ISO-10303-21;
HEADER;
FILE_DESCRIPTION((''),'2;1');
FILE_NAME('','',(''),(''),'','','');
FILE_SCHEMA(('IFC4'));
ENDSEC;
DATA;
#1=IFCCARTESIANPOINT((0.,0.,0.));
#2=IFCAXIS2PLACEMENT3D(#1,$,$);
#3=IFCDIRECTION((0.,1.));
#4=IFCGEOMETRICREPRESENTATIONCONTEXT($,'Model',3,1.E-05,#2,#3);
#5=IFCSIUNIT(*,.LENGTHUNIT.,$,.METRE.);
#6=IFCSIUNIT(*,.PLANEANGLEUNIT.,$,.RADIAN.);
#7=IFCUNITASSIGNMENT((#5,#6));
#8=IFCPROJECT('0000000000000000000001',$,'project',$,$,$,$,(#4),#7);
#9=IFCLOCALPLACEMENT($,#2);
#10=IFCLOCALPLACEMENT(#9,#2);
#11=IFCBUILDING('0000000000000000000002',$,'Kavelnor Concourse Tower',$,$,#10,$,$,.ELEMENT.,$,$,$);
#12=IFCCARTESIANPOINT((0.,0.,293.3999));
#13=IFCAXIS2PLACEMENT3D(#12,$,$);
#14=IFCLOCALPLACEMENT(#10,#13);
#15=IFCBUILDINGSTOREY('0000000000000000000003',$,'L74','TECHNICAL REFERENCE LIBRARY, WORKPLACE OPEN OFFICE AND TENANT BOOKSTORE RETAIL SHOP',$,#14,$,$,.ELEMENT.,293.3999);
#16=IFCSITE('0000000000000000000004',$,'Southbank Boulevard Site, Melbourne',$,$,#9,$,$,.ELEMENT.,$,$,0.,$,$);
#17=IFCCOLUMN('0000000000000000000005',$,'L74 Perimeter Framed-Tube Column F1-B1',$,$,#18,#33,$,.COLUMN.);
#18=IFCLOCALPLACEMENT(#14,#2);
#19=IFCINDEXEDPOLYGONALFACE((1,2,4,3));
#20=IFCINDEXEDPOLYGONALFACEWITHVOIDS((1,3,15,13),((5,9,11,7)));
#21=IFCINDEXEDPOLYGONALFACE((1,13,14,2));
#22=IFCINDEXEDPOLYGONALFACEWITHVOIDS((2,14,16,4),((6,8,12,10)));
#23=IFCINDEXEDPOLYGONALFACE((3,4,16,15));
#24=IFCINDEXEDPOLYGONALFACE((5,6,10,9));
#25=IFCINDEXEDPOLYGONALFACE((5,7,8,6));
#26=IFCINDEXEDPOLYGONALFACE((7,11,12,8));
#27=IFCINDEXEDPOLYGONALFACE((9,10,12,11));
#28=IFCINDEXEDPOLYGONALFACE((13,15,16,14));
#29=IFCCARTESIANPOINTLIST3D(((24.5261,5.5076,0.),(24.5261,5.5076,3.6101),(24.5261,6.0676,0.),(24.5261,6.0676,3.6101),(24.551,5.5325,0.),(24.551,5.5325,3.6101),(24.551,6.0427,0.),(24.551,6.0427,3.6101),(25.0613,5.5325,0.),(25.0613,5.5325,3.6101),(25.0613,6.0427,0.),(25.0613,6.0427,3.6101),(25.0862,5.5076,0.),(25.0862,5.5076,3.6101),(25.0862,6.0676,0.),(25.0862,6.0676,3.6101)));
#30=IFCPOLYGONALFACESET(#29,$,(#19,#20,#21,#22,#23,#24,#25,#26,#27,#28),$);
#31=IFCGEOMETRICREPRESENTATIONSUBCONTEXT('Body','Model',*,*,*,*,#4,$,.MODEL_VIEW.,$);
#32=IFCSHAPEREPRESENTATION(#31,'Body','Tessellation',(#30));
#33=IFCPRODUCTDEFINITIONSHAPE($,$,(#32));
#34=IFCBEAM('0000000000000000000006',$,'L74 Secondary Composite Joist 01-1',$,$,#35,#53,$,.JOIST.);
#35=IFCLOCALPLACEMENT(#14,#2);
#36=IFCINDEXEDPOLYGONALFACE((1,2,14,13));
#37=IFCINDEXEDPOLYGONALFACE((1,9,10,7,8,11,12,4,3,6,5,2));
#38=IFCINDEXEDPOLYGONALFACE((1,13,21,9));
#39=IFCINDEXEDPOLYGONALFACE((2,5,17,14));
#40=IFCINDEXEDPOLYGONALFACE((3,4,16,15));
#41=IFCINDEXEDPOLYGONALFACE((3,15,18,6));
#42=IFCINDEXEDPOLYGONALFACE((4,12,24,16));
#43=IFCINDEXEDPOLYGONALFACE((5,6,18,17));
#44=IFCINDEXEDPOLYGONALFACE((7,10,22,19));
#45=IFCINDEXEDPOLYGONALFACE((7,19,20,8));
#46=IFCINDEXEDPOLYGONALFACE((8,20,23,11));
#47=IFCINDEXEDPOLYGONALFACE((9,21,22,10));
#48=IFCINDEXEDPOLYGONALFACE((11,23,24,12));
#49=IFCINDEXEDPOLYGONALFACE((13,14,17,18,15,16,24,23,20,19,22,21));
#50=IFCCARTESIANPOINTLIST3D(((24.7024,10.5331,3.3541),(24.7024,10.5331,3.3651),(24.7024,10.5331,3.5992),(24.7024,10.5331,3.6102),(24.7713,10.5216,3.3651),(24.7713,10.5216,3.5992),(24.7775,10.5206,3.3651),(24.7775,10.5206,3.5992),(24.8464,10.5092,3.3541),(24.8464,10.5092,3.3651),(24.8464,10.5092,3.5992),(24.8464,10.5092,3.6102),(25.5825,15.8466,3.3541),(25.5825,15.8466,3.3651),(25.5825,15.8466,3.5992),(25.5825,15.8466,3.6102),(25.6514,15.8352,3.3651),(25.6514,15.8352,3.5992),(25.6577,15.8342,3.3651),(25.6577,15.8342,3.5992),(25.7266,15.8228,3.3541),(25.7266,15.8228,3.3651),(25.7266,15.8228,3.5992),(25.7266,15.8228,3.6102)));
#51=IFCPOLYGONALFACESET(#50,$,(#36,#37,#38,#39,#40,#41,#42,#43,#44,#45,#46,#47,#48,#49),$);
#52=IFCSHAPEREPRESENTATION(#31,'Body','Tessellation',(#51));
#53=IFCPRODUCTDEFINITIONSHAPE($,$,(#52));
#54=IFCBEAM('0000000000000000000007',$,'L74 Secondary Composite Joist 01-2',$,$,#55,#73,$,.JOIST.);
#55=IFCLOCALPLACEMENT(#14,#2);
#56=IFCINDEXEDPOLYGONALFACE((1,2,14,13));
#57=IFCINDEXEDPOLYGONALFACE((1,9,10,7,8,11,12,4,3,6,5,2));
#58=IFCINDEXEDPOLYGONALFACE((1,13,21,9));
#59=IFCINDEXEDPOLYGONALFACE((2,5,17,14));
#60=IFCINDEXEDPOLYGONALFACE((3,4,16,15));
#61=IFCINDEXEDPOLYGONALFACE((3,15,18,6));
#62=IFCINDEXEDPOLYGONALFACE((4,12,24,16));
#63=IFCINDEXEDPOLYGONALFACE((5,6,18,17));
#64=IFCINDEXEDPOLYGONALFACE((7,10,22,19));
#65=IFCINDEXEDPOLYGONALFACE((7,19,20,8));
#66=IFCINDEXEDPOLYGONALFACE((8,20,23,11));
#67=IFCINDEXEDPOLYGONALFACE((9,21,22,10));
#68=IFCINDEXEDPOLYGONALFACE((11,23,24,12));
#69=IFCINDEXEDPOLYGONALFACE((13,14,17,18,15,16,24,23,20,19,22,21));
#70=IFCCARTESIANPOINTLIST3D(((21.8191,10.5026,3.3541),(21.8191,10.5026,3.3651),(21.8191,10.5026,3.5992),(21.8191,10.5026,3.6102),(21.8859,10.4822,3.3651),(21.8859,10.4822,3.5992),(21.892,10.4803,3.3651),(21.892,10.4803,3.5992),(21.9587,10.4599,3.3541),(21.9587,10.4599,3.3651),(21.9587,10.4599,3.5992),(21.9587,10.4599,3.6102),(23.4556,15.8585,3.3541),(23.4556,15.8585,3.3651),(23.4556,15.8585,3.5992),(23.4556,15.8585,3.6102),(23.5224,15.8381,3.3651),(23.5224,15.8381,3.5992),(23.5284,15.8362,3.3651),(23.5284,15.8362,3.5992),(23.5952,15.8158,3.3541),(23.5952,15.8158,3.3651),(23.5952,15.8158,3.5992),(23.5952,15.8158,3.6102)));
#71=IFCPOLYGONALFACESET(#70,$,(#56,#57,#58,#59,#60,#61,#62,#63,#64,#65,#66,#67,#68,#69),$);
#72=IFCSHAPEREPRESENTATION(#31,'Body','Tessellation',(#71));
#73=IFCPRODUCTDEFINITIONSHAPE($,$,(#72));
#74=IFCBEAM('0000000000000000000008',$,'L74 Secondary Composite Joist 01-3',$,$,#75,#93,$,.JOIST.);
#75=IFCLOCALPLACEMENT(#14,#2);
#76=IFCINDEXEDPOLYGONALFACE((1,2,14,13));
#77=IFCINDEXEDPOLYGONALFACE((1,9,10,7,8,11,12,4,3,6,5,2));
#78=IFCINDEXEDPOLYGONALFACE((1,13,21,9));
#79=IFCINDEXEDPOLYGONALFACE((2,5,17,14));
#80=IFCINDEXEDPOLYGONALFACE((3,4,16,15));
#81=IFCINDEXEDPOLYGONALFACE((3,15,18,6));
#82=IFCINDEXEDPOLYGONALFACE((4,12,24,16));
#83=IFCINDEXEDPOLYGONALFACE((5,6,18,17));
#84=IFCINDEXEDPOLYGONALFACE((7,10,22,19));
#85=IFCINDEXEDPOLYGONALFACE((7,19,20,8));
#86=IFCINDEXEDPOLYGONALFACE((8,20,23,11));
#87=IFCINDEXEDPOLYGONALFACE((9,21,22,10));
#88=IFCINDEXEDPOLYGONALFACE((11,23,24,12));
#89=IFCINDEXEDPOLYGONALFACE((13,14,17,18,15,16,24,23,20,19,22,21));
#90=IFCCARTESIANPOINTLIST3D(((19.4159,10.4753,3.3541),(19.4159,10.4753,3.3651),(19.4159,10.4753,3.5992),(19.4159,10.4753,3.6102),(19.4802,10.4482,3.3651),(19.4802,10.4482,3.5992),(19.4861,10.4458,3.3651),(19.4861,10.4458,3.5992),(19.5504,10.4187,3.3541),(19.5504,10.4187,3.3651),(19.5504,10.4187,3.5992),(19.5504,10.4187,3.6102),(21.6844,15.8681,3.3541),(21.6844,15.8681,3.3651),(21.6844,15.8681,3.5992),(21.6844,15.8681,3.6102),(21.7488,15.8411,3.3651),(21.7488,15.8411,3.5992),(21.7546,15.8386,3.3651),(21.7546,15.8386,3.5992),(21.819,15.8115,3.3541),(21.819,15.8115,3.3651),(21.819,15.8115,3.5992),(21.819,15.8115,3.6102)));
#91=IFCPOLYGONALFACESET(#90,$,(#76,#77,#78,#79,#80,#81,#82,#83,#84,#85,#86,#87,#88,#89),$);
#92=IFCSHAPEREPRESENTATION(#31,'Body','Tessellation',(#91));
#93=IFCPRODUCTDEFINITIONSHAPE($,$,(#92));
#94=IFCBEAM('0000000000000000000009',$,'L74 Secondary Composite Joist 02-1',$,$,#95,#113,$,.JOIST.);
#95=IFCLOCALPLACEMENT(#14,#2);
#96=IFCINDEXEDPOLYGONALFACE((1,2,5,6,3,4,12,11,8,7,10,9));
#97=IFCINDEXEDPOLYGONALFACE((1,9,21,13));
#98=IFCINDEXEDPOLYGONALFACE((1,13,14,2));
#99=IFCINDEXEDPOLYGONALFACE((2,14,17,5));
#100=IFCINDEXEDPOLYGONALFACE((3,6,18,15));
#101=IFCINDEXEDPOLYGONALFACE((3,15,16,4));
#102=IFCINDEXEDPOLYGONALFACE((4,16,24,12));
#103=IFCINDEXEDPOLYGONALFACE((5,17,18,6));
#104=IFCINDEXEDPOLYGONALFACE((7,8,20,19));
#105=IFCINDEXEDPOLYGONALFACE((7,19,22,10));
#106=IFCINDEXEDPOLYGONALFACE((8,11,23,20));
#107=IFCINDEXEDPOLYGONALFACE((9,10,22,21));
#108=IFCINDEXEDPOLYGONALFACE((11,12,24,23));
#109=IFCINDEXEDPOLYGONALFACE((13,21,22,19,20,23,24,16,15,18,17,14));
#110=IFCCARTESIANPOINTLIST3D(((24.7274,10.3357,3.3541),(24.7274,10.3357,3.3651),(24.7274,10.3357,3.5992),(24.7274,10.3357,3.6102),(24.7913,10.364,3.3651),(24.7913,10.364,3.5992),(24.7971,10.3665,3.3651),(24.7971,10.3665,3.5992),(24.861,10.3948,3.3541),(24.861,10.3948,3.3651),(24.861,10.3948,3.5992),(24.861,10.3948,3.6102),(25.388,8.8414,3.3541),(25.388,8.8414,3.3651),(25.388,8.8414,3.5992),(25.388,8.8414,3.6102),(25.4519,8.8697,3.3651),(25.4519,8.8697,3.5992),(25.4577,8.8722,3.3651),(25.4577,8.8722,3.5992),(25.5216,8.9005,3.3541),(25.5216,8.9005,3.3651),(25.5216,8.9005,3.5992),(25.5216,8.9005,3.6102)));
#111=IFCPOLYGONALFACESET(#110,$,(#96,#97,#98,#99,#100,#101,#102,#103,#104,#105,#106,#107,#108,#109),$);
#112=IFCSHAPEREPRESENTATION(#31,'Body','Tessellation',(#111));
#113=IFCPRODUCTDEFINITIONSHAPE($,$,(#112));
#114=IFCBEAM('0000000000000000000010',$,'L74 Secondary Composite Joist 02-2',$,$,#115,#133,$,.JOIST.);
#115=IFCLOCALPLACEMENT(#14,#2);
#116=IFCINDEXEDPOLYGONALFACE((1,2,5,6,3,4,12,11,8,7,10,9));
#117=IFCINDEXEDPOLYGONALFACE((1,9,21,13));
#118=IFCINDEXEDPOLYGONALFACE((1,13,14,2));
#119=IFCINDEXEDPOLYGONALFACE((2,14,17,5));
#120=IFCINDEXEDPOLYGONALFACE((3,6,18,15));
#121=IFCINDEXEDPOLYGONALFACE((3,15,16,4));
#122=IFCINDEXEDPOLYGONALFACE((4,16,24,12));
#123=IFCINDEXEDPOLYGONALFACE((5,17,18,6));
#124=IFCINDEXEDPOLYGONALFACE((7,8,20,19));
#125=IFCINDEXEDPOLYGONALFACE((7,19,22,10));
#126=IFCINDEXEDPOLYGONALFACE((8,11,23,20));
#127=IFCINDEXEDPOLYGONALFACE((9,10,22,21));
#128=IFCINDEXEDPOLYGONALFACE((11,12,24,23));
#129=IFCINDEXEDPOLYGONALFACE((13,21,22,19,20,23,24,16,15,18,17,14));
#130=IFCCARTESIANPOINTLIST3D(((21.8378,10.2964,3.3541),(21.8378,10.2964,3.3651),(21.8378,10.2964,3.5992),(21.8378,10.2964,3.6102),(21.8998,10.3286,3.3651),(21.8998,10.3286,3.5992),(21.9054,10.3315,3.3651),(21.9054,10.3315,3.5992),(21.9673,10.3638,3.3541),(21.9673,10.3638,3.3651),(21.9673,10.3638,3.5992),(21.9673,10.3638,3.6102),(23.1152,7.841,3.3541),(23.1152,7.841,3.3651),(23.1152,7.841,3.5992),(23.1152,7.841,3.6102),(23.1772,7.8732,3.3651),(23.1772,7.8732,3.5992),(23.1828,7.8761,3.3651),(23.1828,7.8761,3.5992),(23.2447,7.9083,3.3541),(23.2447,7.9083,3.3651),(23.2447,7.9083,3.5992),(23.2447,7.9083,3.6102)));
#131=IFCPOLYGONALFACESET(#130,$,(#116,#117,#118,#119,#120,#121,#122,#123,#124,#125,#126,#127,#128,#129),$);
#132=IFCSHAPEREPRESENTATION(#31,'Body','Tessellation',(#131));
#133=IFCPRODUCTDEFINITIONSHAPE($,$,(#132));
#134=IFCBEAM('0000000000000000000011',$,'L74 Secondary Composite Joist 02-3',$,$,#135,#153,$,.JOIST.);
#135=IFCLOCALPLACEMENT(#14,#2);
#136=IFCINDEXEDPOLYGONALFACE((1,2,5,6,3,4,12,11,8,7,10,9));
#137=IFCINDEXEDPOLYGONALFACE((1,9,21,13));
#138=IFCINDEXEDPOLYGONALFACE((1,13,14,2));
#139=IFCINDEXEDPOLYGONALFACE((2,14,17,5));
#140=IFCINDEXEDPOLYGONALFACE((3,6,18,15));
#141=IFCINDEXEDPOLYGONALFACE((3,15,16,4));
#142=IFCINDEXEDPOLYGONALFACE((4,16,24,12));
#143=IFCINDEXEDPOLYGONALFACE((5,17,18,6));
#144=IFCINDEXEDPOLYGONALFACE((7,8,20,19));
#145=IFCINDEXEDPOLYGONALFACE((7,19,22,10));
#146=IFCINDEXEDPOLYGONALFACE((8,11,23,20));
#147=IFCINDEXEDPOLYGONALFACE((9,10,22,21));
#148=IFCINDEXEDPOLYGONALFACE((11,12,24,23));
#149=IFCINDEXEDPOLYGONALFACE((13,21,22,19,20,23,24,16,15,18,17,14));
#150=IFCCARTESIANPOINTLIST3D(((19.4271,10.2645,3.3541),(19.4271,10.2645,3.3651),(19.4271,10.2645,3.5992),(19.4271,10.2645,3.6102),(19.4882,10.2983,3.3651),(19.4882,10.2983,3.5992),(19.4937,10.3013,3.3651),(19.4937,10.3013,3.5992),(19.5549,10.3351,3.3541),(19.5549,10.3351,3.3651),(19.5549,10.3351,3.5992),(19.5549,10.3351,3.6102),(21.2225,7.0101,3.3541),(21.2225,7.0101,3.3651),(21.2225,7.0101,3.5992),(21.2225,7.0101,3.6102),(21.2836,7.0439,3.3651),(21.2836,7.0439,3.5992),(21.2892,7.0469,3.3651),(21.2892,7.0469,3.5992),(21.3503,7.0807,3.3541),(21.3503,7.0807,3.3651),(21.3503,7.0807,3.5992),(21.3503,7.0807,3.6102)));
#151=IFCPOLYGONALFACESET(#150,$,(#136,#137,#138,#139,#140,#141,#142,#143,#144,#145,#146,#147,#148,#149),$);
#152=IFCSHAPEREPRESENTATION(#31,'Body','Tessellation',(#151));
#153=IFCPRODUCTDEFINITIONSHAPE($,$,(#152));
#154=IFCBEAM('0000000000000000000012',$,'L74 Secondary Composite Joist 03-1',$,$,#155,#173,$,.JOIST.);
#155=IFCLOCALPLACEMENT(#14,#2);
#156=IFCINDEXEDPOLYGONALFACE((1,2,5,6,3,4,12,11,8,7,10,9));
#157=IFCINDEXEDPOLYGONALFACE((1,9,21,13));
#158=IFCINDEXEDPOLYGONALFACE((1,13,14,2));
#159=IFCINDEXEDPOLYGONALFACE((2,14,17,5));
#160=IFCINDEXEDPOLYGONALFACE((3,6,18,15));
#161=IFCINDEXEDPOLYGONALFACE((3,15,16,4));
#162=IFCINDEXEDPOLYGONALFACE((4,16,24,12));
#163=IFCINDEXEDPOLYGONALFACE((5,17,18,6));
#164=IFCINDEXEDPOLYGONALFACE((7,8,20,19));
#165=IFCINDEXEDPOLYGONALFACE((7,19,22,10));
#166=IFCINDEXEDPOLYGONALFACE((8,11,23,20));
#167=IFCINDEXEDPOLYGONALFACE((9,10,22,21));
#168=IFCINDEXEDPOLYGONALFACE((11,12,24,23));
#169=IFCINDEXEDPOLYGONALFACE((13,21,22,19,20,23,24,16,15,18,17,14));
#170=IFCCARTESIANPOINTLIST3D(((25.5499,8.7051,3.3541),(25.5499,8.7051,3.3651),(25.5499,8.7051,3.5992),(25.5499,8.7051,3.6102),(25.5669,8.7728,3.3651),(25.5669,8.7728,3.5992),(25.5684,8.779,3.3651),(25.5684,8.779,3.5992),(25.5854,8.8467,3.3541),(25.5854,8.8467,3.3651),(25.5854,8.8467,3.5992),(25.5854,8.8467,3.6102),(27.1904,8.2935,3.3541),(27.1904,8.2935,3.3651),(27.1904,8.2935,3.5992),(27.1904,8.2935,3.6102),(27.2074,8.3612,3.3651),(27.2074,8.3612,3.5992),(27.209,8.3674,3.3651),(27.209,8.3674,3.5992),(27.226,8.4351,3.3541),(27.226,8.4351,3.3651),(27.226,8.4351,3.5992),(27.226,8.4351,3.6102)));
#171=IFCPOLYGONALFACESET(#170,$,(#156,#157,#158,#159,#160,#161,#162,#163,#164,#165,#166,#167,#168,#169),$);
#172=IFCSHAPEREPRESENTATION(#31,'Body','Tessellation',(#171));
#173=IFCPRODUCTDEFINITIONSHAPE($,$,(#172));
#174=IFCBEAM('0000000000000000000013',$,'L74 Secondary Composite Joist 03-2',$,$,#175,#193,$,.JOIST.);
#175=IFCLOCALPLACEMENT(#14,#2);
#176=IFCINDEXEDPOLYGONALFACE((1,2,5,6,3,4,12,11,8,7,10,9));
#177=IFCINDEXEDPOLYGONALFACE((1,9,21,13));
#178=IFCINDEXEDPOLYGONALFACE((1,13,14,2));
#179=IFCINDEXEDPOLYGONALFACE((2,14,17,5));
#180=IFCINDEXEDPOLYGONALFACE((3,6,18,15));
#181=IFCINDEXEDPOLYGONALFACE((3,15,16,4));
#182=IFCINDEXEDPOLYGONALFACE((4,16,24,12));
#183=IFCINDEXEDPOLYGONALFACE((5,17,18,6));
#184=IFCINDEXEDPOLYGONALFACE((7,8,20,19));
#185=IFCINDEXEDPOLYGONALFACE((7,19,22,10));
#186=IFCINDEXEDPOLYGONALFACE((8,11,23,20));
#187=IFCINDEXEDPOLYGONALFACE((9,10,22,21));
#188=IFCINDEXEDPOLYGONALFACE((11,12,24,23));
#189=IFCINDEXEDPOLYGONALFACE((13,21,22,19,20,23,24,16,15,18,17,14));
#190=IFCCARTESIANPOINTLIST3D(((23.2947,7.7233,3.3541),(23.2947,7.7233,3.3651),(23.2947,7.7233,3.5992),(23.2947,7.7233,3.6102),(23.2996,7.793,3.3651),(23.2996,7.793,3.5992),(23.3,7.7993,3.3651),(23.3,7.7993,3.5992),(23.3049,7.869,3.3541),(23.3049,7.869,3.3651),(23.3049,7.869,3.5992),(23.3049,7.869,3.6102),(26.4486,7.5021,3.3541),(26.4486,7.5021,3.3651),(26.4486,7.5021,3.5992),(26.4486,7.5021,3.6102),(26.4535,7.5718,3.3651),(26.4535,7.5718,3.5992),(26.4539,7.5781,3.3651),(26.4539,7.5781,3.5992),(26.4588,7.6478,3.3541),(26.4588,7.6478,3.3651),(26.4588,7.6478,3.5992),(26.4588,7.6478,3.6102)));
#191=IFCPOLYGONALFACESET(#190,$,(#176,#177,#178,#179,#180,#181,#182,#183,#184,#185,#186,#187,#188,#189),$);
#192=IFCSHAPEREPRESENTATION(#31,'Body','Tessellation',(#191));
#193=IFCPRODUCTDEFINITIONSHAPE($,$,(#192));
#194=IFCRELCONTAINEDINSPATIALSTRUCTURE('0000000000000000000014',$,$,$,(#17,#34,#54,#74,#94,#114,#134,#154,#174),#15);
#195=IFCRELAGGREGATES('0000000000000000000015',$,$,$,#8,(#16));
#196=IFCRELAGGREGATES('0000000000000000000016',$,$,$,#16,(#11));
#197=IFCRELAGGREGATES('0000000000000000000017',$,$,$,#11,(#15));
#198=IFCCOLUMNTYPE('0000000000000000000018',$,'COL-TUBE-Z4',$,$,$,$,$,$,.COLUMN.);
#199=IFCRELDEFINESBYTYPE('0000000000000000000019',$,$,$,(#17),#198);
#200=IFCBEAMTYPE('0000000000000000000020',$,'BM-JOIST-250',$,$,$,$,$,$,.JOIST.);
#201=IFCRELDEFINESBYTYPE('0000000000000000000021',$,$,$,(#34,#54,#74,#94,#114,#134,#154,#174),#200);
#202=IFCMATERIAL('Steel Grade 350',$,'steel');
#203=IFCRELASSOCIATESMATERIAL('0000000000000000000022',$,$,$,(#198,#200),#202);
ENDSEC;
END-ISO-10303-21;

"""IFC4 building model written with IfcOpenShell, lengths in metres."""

from ifc_helpers import new_model, si_unit, direction, frame, origin, origin_2d, place, context, subcontext, project, spatial, hollow_rectangle, i_section, extrude, material, material_profile, profile_set, type_object, element, save


model = new_model("IFC4")

# Units and contexts
model_context = context("Model", 3, precision=1e-05, world=origin(), true_north=direction((0.0, 1.0)))
body_context = subcontext(model_context, "Body", "Model", "MODEL_VIEW")
ifc_project = project(units=[si_unit("LENGTHUNIT", "METRE"), si_unit("PLANEANGLEUNIT", "RADIAN")], contexts=[model_context])

# Site, building, storey
site_placement = place(None, origin())
site = spatial("IfcSite", under=ifc_project, at=site_placement, Name="Southbank Boulevard Site, Melbourne", CompositionType="ELEMENT", RefElevation=0.0)
building_placement = place(site_placement, origin())
building = spatial("IfcBuilding", under=site, at=building_placement, Name="Kavelnor Concourse Tower", CompositionType="ELEMENT")
storey_placement = place(building_placement, frame((0.0, 0.0, 293.3999)))
storey = spatial("IfcBuildingStorey", under=building, at=storey_placement, Name="L74", Description="TECHNICAL REFERENCE LIBRARY, WORKPLACE OPEN OFFICE AND TENANT BOOKSTORE RETAIL SHOP", CompositionType="ELEMENT", Elevation=293.3999)

# Column
ifc_material_1 = material(Name="Steel Grade 350", Category="steel")
ifc_material_profile_1 = material_profile(ifc_material_1, hollow_rectangle(XDim=0.5601, YDim=0.5601, WallThickness=0.0249, at=origin_2d()), Name="SHS 560x560x25")
ifc_profile_set_1 = profile_set([ifc_material_profile_1], Name="Steel Grade 350")
column_type = type_object("IfcColumnType", Name="COL-TUBE-Z4", PredefinedType="COLUMN", material=ifc_profile_set_1)
column_placement = place(storey_placement, frame((24.8062, 5.7876, 0.0), z_axis=(0.0, 0.0, 1.0), x_axis=(1.0, 0.0, 0.0)))
element("IfcColumn", 1, at=column_placement, inside=storey, type_object=column_type, Name="L74 Perimeter Framed-Tube Column F1-B1", PredefinedType="COLUMN", context=body_context, shape_type="SweptSolid", body=[
    extrude(hollow_rectangle(XDim=0.5601, YDim=0.5601, WallThickness=0.0249, at=origin_2d()), origin(), (0.0, 0.0, 1.0), 3.6101),
])

# Beams
ifc_material_profile_2 = material_profile(ifc_material_1, i_section(OverallWidth=0.146, OverallDepth=0.2561, WebThickness=0.0063, FlangeThickness=0.011, at=origin_2d()), Name="250UB37")
ifc_profile_set_2 = profile_set([ifc_material_profile_2], Name="Steel Grade 350")
beam_type_1 = type_object("IfcBeamType", Name="BM-JOIST-250", PredefinedType="JOIST", material=ifc_profile_set_2)
beam_1_placement = place(storey_placement, frame((25.6545, 15.8347, 3.4822), z_axis=(-0.163414, -0.986558, 0.0), x_axis=(0.986558, -0.163414, 0.0)))
element("IfcBeam", 2, at=beam_1_placement, inside=storey, type_object=beam_type_1, Name="L74 Secondary Composite Joist 01-1", PredefinedType="JOIST", context=body_context, shape_type="SweptSolid", body=[
    extrude(i_section(OverallWidth=0.146, OverallDepth=0.2561, WebThickness=0.0063, FlangeThickness=0.011, at=origin_2d()), origin(), (0.0, 0.0, 1.0), 5.386),
])
beam_2_placement = place(storey_placement, frame((23.5254, 15.8372, 3.4822), z_axis=(-0.292207, -0.956355, 0.0), x_axis=(0.956355, -0.292207, 0.0)))
element("IfcBeam", 3, at=beam_2_placement, inside=storey, type_object=beam_type_1, Name="L74 Secondary Composite Joist 01-2", PredefinedType="JOIST", context=body_context, shape_type="SweptSolid", body=[
    extrude(i_section(OverallWidth=0.146, OverallDepth=0.2561, WebThickness=0.0063, FlangeThickness=0.011, at=origin_2d()), origin(), (0.0, 0.0, 1.0), 5.6003),
])
beam_3_placement = place(storey_placement, frame((21.7517, 15.8398, 3.4822), z_axis=(-0.387751, -0.921764, 0.0), x_axis=(0.921764, -0.387751, 0.0)))
element("IfcBeam", 4, at=beam_3_placement, inside=storey, type_object=beam_type_1, Name="L74 Secondary Composite Joist 01-3", PredefinedType="JOIST", context=body_context, shape_type="SweptSolid", body=[
    extrude(i_section(OverallWidth=0.146, OverallDepth=0.2561, WebThickness=0.0063, FlangeThickness=0.011, at=origin_2d()), origin(), (0.0, 0.0, 1.0), 5.8506),
])
beam_4_placement = place(storey_placement, frame((24.7942, 10.3652, 3.4822), z_axis=(0.404335, -0.914611, 0.0), x_axis=(0.914611, 0.404335, 0.0)))
element("IfcBeam", 5, at=beam_4_placement, inside=storey, type_object=beam_type_1, Name="L74 Secondary Composite Joist 02-1", PredefinedType="JOIST", context=body_context, shape_type="SweptSolid", body=[
    extrude(i_section(OverallWidth=0.146, OverallDepth=0.2561, WebThickness=0.0063, FlangeThickness=0.011, at=origin_2d()), origin(), (0.0, 0.0, 1.0), 1.6338),
])
beam_5_placement = place(storey_placement, frame((21.9026, 10.3301, 3.4822), z_axis=(0.461517, -0.887132, 0.0), x_axis=(0.887132, 0.461517, 0.0)))
element("IfcBeam", 6, at=beam_5_placement, inside=storey, type_object=beam_type_1, Name="L74 Secondary Composite Joist 02-2", PredefinedType="JOIST", context=body_context, shape_type="SweptSolid", body=[
    extrude(i_section(OverallWidth=0.146, OverallDepth=0.2561, WebThickness=0.0063, FlangeThickness=0.011, at=origin_2d()), origin(), (0.0, 0.0, 1.0), 2.7678),
])
beam_6_placement = place(storey_placement, frame((19.491, 10.2998, 3.4822), z_axis=(0.483053, -0.875591, 0.0), x_axis=(0.875591, 0.483053, 0.0)))
element("IfcBeam", 7, at=beam_6_placement, inside=storey, type_object=beam_type_1, Name="L74 Secondary Composite Joist 02-3", PredefinedType="JOIST", context=body_context, shape_type="SweptSolid", body=[
    extrude(i_section(OverallWidth=0.146, OverallDepth=0.2561, WebThickness=0.0063, FlangeThickness=0.011, at=origin_2d()), origin(), (0.0, 0.0, 1.0), 3.7168),
])
beam_7_placement = place(storey_placement, frame((25.5676, 8.7759, 3.4822), z_axis=(0.969938, -0.243351, 0.0), x_axis=(0.243351, 0.969938, 0.0)))
element("IfcBeam", 8, at=beam_7_placement, inside=storey, type_object=beam_type_1, Name="L74 Secondary Composite Joist 03-1", PredefinedType="JOIST", context=body_context, shape_type="SweptSolid", body=[
    extrude(i_section(OverallWidth=0.146, OverallDepth=0.2561, WebThickness=0.0063, FlangeThickness=0.011, at=origin_2d()), origin(), (0.0, 0.0, 1.0), 1.6914),
])
beam_8_placement = place(storey_placement, frame((23.2998, 7.7961, 3.4822), z_axis=(0.99755, -0.069963, 0.0), x_axis=(0.069963, 0.99755, 0.0)))
element("IfcBeam", 9, at=beam_8_placement, inside=storey, type_object=beam_type_1, Name="L74 Secondary Composite Joist 03-2", PredefinedType="JOIST", context=body_context, shape_type="SweptSolid", body=[
    extrude(i_section(OverallWidth=0.146, OverallDepth=0.2561, WebThickness=0.0063, FlangeThickness=0.011, at=origin_2d()), origin(), (0.0, 0.0, 1.0), 3.1616),
])

save(model, "model.ifc")
